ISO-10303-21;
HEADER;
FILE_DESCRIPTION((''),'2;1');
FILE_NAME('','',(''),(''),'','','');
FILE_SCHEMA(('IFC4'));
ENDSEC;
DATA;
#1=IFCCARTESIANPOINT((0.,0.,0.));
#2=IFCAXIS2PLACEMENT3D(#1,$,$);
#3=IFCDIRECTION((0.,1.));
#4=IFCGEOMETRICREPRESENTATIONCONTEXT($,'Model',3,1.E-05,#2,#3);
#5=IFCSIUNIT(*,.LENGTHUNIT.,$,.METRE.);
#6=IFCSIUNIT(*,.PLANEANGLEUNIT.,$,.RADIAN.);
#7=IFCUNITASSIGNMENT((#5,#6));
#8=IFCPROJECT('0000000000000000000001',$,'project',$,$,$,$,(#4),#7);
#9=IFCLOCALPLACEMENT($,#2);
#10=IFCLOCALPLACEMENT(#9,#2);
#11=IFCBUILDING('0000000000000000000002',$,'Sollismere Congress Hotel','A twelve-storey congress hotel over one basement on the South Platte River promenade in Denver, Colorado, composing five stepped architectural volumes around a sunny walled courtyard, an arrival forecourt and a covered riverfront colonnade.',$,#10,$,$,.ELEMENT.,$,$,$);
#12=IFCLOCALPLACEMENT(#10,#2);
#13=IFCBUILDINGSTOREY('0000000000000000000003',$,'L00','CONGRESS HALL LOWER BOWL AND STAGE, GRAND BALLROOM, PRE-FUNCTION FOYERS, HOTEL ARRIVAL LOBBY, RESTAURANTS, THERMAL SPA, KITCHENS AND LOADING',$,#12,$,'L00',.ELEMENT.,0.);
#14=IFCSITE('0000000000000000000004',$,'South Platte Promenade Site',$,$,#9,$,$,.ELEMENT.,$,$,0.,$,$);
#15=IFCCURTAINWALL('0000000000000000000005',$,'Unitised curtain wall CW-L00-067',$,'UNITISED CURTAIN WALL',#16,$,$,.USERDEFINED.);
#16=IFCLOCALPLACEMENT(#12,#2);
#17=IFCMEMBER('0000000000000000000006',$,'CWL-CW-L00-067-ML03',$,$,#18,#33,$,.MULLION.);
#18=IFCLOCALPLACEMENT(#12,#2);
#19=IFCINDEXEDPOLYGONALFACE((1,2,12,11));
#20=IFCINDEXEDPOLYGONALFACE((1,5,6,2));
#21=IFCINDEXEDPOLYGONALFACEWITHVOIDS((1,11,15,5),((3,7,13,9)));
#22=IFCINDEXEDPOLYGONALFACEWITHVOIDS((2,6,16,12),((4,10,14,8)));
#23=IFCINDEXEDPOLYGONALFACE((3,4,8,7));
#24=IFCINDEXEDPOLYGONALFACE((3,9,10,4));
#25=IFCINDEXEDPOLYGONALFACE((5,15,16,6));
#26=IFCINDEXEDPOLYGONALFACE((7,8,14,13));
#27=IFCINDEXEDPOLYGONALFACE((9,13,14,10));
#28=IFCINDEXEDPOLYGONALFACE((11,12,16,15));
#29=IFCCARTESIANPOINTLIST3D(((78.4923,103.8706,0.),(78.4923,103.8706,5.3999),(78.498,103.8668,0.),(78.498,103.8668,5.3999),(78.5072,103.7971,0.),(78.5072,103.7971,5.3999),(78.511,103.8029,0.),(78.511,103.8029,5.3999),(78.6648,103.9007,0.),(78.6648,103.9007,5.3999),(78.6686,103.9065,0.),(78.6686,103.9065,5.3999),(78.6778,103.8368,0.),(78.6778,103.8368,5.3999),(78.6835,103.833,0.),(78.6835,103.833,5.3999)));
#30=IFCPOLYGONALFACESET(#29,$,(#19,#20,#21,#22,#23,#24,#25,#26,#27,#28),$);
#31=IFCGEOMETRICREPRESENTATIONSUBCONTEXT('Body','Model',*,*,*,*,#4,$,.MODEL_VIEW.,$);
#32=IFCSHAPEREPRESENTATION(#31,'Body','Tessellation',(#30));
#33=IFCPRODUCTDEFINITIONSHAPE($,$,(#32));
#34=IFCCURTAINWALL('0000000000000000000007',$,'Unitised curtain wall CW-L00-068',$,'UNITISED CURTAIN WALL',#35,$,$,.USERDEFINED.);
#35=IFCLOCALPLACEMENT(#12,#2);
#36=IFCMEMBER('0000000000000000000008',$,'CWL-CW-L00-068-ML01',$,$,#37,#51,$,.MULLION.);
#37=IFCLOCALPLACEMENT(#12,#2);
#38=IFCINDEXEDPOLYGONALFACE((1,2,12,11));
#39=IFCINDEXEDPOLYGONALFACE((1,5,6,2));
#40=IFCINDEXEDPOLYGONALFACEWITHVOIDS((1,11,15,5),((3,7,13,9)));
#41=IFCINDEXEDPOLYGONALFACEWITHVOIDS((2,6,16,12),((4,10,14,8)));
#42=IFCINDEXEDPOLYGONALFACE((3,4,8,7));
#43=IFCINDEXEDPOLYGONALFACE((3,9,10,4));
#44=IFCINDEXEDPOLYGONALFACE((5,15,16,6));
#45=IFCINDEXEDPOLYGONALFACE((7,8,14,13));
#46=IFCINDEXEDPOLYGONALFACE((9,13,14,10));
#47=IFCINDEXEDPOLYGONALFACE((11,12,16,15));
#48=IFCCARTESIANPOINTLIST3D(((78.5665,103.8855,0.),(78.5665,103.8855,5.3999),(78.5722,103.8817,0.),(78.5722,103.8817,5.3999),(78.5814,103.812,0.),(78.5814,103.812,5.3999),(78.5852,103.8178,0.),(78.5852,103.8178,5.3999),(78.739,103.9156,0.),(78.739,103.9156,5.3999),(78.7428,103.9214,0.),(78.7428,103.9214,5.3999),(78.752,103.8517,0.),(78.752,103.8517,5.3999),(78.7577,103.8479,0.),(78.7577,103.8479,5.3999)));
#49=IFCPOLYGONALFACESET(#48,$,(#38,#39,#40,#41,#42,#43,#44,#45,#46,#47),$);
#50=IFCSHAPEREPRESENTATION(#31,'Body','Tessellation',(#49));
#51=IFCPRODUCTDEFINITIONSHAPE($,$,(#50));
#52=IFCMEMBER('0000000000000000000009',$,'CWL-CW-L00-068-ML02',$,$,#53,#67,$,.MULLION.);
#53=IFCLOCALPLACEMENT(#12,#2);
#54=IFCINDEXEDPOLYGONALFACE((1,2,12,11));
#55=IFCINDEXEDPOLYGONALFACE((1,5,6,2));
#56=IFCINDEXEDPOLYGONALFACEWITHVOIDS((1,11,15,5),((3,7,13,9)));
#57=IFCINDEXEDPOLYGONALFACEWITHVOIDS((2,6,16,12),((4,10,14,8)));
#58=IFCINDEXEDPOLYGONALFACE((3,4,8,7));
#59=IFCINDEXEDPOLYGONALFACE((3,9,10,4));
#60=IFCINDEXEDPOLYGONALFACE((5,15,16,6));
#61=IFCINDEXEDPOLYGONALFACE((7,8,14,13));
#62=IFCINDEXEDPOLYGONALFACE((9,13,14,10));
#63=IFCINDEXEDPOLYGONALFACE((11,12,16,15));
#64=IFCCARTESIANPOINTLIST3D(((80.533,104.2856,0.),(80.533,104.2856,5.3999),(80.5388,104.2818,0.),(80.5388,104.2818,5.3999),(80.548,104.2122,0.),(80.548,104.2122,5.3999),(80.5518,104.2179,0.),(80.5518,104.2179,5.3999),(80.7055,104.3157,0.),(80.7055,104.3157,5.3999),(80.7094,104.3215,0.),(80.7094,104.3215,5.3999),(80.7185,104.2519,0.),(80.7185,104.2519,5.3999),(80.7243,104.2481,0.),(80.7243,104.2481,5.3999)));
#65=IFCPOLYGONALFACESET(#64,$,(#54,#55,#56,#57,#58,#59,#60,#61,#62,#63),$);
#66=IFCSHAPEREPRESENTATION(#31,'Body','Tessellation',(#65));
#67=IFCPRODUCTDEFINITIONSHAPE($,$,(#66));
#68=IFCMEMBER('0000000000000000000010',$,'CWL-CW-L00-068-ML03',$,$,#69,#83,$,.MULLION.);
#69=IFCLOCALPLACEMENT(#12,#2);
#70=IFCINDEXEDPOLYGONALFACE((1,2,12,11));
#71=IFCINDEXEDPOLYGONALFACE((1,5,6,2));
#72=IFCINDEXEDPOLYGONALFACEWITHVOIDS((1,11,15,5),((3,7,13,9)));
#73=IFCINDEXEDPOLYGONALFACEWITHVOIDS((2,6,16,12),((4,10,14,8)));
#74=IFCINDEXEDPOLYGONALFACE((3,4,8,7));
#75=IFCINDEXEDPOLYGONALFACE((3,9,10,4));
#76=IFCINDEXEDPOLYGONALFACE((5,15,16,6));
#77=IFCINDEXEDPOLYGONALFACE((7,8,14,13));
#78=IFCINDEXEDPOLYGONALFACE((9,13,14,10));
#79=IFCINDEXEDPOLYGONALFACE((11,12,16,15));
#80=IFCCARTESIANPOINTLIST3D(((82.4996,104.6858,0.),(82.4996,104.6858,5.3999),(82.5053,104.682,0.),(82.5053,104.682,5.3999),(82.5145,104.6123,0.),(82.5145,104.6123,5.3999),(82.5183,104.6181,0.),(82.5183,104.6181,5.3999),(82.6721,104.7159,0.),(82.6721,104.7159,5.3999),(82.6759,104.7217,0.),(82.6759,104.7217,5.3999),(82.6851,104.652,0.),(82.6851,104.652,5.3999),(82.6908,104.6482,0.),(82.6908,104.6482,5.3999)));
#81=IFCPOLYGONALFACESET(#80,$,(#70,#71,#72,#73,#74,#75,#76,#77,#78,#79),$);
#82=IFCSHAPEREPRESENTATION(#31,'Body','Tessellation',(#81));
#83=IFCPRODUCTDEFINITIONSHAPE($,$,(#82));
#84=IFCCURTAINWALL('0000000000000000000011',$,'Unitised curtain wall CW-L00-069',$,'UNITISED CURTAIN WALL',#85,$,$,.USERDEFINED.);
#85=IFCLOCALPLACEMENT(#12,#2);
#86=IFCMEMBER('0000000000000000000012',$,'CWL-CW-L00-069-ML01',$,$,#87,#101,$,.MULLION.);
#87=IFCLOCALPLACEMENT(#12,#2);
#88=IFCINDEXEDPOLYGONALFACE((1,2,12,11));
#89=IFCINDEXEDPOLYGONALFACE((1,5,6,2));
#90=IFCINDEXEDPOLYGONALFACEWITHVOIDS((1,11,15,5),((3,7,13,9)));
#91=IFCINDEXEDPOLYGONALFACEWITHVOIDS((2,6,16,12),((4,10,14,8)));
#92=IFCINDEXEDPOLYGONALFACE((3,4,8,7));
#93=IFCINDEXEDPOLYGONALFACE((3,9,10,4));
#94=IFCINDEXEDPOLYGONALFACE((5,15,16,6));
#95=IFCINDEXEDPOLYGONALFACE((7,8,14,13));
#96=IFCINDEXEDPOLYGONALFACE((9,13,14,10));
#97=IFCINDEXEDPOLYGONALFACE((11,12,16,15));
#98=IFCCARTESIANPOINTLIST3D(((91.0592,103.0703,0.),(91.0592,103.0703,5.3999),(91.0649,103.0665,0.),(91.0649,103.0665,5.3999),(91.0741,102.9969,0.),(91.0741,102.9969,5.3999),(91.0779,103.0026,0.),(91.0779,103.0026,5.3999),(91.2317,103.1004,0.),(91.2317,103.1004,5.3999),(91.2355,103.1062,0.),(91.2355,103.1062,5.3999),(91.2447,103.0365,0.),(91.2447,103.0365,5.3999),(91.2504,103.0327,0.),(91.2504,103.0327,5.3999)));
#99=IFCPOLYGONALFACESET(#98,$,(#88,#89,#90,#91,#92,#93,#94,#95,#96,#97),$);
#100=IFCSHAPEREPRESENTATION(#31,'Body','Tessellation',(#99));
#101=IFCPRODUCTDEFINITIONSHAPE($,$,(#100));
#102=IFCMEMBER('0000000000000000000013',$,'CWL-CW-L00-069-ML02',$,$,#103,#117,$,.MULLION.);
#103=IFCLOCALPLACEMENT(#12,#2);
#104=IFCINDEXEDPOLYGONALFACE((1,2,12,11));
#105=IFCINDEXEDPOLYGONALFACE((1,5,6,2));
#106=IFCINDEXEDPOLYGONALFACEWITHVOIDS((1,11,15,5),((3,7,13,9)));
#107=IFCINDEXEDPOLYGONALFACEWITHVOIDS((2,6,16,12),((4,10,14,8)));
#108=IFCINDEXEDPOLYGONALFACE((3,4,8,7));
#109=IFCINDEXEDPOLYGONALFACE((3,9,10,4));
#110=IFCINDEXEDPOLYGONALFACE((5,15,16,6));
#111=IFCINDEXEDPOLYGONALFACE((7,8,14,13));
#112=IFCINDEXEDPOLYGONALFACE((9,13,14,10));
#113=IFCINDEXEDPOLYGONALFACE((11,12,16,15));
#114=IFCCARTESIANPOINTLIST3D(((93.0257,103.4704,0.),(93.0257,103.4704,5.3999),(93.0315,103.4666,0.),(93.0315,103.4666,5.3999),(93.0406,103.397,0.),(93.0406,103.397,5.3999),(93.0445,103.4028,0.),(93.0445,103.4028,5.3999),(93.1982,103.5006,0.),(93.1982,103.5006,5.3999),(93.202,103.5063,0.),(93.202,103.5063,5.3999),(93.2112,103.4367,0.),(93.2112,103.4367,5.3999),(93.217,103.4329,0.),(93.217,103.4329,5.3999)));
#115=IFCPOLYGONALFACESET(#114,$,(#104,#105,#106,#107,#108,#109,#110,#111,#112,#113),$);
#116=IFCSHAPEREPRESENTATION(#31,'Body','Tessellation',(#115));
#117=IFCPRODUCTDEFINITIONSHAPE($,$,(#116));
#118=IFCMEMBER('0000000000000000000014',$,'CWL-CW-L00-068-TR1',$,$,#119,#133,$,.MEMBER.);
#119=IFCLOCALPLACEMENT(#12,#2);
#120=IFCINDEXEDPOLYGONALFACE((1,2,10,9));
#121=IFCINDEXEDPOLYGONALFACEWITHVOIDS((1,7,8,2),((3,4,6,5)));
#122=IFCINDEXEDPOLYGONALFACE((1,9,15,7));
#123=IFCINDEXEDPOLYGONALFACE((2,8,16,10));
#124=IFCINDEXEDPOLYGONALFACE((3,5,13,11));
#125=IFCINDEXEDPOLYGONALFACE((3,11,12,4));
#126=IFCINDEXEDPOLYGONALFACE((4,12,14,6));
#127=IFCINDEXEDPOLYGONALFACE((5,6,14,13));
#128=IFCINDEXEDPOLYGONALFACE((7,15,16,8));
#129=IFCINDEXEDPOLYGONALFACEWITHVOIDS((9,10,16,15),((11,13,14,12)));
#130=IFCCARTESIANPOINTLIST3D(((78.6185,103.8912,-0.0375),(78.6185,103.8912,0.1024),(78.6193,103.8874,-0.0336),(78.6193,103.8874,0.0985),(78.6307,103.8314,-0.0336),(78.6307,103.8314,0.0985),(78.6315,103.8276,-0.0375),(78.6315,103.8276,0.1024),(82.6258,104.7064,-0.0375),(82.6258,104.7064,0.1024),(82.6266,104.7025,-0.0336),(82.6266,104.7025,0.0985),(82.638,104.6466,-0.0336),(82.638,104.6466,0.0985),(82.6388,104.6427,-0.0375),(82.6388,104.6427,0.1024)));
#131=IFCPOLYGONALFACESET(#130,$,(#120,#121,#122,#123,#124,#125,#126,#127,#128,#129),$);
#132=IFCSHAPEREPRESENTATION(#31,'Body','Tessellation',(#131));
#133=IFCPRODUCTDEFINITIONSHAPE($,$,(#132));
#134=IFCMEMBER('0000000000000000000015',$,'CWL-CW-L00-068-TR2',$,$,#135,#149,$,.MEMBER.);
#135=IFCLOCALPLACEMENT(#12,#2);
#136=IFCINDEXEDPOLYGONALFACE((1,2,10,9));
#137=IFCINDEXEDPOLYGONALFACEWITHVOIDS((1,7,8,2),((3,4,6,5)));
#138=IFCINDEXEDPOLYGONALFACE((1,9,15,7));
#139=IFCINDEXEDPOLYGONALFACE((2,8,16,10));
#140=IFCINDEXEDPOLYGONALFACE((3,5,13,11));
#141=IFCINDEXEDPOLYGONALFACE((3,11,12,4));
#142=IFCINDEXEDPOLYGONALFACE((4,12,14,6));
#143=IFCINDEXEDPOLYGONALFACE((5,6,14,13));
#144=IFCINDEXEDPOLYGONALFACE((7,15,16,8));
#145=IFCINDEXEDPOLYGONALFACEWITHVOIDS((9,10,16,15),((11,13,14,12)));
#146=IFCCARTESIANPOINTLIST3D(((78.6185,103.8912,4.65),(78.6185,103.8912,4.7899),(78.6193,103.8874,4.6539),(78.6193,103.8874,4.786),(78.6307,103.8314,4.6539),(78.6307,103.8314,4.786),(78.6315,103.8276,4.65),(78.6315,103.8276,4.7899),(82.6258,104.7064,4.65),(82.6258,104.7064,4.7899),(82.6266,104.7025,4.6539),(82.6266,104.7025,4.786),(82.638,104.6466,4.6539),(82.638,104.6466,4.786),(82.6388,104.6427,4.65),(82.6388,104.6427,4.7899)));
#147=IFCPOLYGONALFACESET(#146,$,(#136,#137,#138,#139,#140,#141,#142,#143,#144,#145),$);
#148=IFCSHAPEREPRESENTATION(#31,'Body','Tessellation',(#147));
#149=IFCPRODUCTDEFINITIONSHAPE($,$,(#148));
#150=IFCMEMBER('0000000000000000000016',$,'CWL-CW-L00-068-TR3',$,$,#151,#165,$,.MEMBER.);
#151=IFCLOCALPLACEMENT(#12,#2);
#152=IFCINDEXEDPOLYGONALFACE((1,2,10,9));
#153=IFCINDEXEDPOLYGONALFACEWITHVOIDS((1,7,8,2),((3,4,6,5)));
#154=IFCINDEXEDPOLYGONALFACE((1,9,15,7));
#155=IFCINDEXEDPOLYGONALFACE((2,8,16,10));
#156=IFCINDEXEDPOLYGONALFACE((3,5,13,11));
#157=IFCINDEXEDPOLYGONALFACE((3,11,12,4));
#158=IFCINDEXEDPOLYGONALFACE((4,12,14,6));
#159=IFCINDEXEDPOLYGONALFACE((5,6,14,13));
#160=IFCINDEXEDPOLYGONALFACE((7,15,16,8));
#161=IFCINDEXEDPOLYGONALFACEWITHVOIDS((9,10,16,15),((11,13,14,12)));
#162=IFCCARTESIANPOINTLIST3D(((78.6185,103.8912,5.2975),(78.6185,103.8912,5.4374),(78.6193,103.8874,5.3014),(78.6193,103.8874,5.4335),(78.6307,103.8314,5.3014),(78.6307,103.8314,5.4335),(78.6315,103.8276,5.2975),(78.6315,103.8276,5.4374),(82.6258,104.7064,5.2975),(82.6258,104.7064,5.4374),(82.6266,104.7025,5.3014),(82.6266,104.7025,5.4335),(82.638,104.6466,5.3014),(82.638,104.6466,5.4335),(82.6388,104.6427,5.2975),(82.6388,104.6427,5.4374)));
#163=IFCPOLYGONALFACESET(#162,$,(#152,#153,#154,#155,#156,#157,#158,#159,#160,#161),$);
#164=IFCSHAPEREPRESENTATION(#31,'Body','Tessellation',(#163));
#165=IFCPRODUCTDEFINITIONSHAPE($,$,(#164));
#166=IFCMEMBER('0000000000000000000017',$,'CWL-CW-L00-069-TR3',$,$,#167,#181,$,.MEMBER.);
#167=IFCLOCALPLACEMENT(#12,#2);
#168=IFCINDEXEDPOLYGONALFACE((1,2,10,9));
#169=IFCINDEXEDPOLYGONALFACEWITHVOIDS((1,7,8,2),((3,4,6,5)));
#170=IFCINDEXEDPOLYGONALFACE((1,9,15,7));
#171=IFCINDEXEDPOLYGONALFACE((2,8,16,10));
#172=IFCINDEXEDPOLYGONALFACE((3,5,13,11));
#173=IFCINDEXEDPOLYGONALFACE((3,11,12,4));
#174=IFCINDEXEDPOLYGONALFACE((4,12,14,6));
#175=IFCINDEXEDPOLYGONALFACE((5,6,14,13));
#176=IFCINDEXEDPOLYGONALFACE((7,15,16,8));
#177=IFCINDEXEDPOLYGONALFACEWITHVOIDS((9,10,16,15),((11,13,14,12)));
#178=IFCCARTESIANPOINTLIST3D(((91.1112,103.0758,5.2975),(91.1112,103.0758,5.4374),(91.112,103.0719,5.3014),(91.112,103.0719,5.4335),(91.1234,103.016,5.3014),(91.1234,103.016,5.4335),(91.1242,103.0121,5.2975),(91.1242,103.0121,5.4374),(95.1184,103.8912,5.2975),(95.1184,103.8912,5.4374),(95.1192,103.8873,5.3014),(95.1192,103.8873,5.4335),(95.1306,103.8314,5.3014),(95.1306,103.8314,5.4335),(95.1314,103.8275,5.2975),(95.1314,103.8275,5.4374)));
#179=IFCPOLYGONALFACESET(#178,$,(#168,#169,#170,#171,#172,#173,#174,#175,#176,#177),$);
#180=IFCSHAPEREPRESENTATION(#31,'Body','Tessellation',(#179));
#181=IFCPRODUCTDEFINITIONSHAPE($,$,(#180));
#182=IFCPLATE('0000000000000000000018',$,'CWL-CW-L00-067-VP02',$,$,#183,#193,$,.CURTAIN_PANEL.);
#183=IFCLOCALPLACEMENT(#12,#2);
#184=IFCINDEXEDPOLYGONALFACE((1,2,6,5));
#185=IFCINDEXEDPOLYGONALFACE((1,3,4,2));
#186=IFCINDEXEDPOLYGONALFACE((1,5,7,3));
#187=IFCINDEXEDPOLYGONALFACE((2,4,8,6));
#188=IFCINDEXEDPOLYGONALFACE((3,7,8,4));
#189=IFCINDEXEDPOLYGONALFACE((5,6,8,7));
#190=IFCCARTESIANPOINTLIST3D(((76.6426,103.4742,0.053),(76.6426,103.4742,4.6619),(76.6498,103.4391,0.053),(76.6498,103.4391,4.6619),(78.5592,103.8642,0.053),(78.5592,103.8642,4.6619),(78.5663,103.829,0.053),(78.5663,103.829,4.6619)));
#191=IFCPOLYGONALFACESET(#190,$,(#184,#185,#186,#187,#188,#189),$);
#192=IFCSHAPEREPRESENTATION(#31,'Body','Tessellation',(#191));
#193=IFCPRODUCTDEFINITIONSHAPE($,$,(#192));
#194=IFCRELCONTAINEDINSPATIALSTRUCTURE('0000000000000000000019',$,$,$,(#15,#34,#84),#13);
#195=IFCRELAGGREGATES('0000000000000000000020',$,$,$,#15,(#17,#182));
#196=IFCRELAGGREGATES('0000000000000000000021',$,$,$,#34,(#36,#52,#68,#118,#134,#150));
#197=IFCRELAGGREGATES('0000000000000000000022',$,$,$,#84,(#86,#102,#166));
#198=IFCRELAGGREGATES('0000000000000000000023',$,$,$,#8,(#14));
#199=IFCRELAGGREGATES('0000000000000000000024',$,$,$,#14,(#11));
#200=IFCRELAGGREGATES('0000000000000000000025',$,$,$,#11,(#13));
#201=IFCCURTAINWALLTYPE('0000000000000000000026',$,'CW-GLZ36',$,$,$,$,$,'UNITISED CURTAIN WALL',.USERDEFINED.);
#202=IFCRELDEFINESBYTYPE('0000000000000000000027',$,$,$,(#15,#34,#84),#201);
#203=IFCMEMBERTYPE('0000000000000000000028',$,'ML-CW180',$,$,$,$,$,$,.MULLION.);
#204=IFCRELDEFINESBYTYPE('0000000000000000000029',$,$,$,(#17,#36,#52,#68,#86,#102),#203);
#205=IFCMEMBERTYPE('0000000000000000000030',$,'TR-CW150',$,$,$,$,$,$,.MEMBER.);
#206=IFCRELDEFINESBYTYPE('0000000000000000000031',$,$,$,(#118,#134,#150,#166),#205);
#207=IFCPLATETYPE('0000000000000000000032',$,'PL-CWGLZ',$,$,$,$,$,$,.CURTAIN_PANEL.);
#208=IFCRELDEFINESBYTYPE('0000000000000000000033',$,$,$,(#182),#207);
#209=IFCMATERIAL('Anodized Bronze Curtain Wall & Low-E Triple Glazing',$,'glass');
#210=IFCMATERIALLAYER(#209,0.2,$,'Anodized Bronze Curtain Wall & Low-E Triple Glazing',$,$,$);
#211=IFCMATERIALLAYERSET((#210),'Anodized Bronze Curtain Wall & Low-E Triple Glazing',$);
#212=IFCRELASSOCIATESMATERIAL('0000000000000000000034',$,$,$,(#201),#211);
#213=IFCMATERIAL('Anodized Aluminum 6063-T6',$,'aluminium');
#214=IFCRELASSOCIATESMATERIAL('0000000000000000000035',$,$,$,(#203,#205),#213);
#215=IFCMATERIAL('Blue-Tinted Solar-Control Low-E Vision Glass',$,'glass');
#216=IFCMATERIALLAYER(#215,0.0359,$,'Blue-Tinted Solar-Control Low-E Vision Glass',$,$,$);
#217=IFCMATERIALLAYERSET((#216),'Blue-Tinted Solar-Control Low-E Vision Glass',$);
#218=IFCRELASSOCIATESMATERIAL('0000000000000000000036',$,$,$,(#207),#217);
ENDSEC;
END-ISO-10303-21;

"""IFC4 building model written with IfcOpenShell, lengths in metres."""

from ifc_helpers import new_model, si_unit, direction, frame, origin, origin_2d, place, context, subcontext, project, spatial, rectangle, hollow_rectangle, extrude, material, layer, layer_set, material_profile, profile_set, type_object, element, aggregate, save


model = new_model("IFC4")

# Units and contexts
model_context = context("Model", 3, precision=1e-05, world=origin(), true_north=direction((0.0, 1.0)))
body_context = subcontext(model_context, "Body", "Model", "MODEL_VIEW")
ifc_project = project(units=[si_unit("LENGTHUNIT", "METRE"), si_unit("PLANEANGLEUNIT", "RADIAN")], contexts=[model_context])

# Site, building, storey
site_placement = place(None, origin())
site = spatial("IfcSite", under=ifc_project, at=site_placement, Name="South Platte Promenade Site", CompositionType="ELEMENT", RefElevation=0.0)
building_placement = place(site_placement, origin())
building = spatial("IfcBuilding", under=site, at=building_placement, Name="Sollismere Congress Hotel", Description="A twelve-storey congress hotel over one basement on the South Platte River promenade in Denver, Colorado, composing five stepped architectural volumes around a sunny walled courtyard, an arrival forecourt and a covered riverfront colonnade.", CompositionType="ELEMENT")
storey_placement = place(building_placement, origin())
storey = spatial("IfcBuildingStorey", under=building, at=storey_placement, Name="L00", Description="CONGRESS HALL LOWER BOWL AND STAGE, GRAND BALLROOM, PRE-FUNCTION FOYERS, HOTEL ARRIVAL LOBBY, RESTAURANTS, THERMAL SPA, KITCHENS AND LOADING", LongName="L00", CompositionType="ELEMENT", Elevation=0.0)

# Curtain wall, member
ifc_material_1 = material(Name="Anodized Bronze Curtain Wall & Low-E Triple Glazing", Category="glass")
ifc_layer_1 = layer(ifc_material_1, 0.2, Name="Anodized Bronze Curtain Wall & Low-E Triple Glazing")
ifc_layer_set_1 = layer_set([ifc_layer_1], Name="Anodized Bronze Curtain Wall & Low-E Triple Glazing")
curtain_wall_type = type_object("IfcCurtainWallType", Name="CW-GLZ36", ElementType="UNITISED CURTAIN WALL", PredefinedType="USERDEFINED", material=ifc_layer_set_1)
curtain_wall_1_placement = place(storey_placement, origin())
curtain_wall_1 = element("IfcCurtainWall", 1, at=curtain_wall_1_placement, inside=storey, type_object=curtain_wall_type, Name="Unitised curtain wall CW-L00-067", ObjectType="UNITISED CURTAIN WALL", PredefinedType="USERDEFINED")
ifc_material_2 = material(Name="Anodized Aluminum 6063-T6", Category="aluminium")
ifc_material_profile_1 = material_profile(ifc_material_2, hollow_rectangle(XDim=0.075, YDim=0.1799, WallThickness=0.0049, at=origin_2d()), Name="ALU180X75X5")
ifc_profile_set_1 = profile_set([ifc_material_profile_1], Name="Anodized Aluminum 6063-T6")
member_type_1 = type_object("IfcMemberType", Name="ML-CW180", PredefinedType="MULLION", material=ifc_profile_set_1)
member_1_placement = place(storey_placement, frame((78.5879, 103.8518, 0.0), z_axis=(0.0, 0.0, 1.0), x_axis=(-0.199368, 0.979925, 0.0)))
member_1 = element("IfcMember", 2, at=member_1_placement, type_object=member_type_1, Name="CWL-CW-L00-067-ML03", PredefinedType="MULLION", context=body_context, shape_type="SweptSolid", body=[
    extrude(hollow_rectangle(XDim=0.075, YDim=0.1799, WallThickness=0.0049, at=origin_2d()), origin(), (0.0, 0.0, 1.0), 5.3999),
])

# Curtain walls, members
curtain_wall_2_placement = place(storey_placement, origin())
curtain_wall_2 = element("IfcCurtainWall", 3, at=curtain_wall_2_placement, inside=storey, type_object=curtain_wall_type, Name="Unitised curtain wall CW-L00-068", ObjectType="UNITISED CURTAIN WALL", PredefinedType="USERDEFINED")
member_2_placement = place(storey_placement, frame((78.6621, 103.8667, 0.0), z_axis=(0.0, 0.0, 1.0), x_axis=(-0.199368, 0.979925, 0.0)))
member_2 = element("IfcMember", 4, at=member_2_placement, type_object=member_type_1, Name="CWL-CW-L00-068-ML01", PredefinedType="MULLION", context=body_context, shape_type="SweptSolid", body=[
    extrude(hollow_rectangle(XDim=0.075, YDim=0.1799, WallThickness=0.0049, at=origin_2d()), origin(), (0.0, 0.0, 1.0), 5.3999),
])
member_3_placement = place(storey_placement, frame((80.6287, 104.2668, 0.0), z_axis=(0.0, 0.0, 1.0), x_axis=(-0.199368, 0.979925, 0.0)))
member_3 = element("IfcMember", 5, at=member_3_placement, type_object=member_type_1, Name="CWL-CW-L00-068-ML02", PredefinedType="MULLION", context=body_context, shape_type="SweptSolid", body=[
    extrude(hollow_rectangle(XDim=0.075, YDim=0.1799, WallThickness=0.0049, at=origin_2d()), origin(), (0.0, 0.0, 1.0), 5.3999),
])
member_4_placement = place(storey_placement, frame((82.5952, 104.667, 0.0), z_axis=(0.0, 0.0, 1.0), x_axis=(-0.199368, 0.979925, 0.0)))
member_4 = element("IfcMember", 6, at=member_4_placement, type_object=member_type_1, Name="CWL-CW-L00-068-ML03", PredefinedType="MULLION", context=body_context, shape_type="SweptSolid", body=[
    extrude(hollow_rectangle(XDim=0.075, YDim=0.1799, WallThickness=0.0049, at=origin_2d()), origin(), (0.0, 0.0, 1.0), 5.3999),
])
curtain_wall_3_placement = place(storey_placement, origin())
curtain_wall_3 = element("IfcCurtainWall", 7, at=curtain_wall_3_placement, inside=storey, type_object=curtain_wall_type, Name="Unitised curtain wall CW-L00-069", ObjectType="UNITISED CURTAIN WALL", PredefinedType="USERDEFINED")
member_5_placement = place(storey_placement, frame((91.1548, 103.0515, 0.0), z_axis=(0.0, 0.0, 1.0), x_axis=(-0.199368, 0.979925, 0.0)))
member_5 = element("IfcMember", 8, at=member_5_placement, type_object=member_type_1, Name="CWL-CW-L00-069-ML01", PredefinedType="MULLION", context=body_context, shape_type="SweptSolid", body=[
    extrude(hollow_rectangle(XDim=0.075, YDim=0.1799, WallThickness=0.0049, at=origin_2d()), origin(), (0.0, 0.0, 1.0), 5.3999),
])
member_6_placement = place(storey_placement, frame((93.1213, 103.4517, 0.0), z_axis=(0.0, 0.0, 1.0), x_axis=(-0.199368, 0.979925, 0.0)))
member_6 = element("IfcMember", 9, at=member_6_placement, type_object=member_type_1, Name="CWL-CW-L00-069-ML02", PredefinedType="MULLION", context=body_context, shape_type="SweptSolid", body=[
    extrude(hollow_rectangle(XDim=0.075, YDim=0.1799, WallThickness=0.0049, at=origin_2d()), origin(), (0.0, 0.0, 1.0), 5.3999),
])

# Members
ifc_material_profile_2 = material_profile(ifc_material_2, hollow_rectangle(XDim=0.0649, YDim=0.1399, WallThickness=0.0039, at=origin_2d()), Name="ALU140X65X4")
ifc_profile_set_2 = profile_set([ifc_material_profile_2], Name="Anodized Aluminum 6063-T6")
member_type_2 = type_object("IfcMemberType", Name="TR-CW150", PredefinedType="MEMBER", material=ifc_profile_set_2)
member_7_placement = place(storey_placement, frame((78.625, 103.8594, 0.0325), z_axis=(0.97993, 0.199341, 0.0), x_axis=(-0.199341, 0.97993, 0.0)))
member_7 = element("IfcMember", 10, at=member_7_placement, type_object=member_type_2, Name="CWL-CW-L00-068-TR1", PredefinedType="MEMBER", context=body_context, shape_type="SweptSolid", body=[
    extrude(hollow_rectangle(XDim=0.0649, YDim=0.1399, WallThickness=0.0039, at=origin_2d()), origin(), (0.0, 0.0, 1.0), 4.0894),
])
member_8_placement = place(storey_placement, frame((78.625, 103.8594, 4.72), z_axis=(0.97993, 0.199341, 0.0), x_axis=(-0.199341, 0.97993, 0.0)))
member_8 = element("IfcMember", 11, at=member_8_placement, type_object=member_type_2, Name="CWL-CW-L00-068-TR2", PredefinedType="MEMBER", context=body_context, shape_type="SweptSolid", body=[
    extrude(hollow_rectangle(XDim=0.0649, YDim=0.1399, WallThickness=0.0039, at=origin_2d()), origin(), (0.0, 0.0, 1.0), 4.0894),
])
member_9_placement = place(storey_placement, frame((78.625, 103.8594, 5.3674), z_axis=(0.97993, 0.199341, 0.0), x_axis=(-0.199341, 0.97993, 0.0)))
member_9 = element("IfcMember", 12, at=member_9_placement, type_object=member_type_2, Name="CWL-CW-L00-068-TR3", PredefinedType="MEMBER", context=body_context, shape_type="SweptSolid", body=[
    extrude(hollow_rectangle(XDim=0.0649, YDim=0.1399, WallThickness=0.0039, at=origin_2d()), origin(), (0.0, 0.0, 1.0), 4.0894),
])
member_10_placement = place(storey_placement, frame((91.1177, 103.0439, 5.3674), z_axis=(0.979918, 0.199399, 0.0), x_axis=(-0.199399, 0.979918, 0.0)))
member_10 = element("IfcMember", 13, at=member_10_placement, type_object=member_type_2, Name="CWL-CW-L00-069-TR3", PredefinedType="MEMBER", context=body_context, shape_type="SweptSolid", body=[
    extrude(hollow_rectangle(XDim=0.0649, YDim=0.1399, WallThickness=0.0039, at=origin_2d()), origin(), (0.0, 0.0, 1.0), 4.0894),
])

# Plate
ifc_material_3 = material(Name="Blue-Tinted Solar-Control Low-E Vision Glass", Category="glass")
ifc_layer_2 = layer(ifc_material_3, 0.0359, Name="Blue-Tinted Solar-Control Low-E Vision Glass")
ifc_layer_set_2 = layer_set([ifc_layer_2], Name="Blue-Tinted Solar-Control Low-E Vision Glass")
plate_type_1 = type_object("IfcPlateType", Name="PL-CWGLZ", PredefinedType="CURTAIN_PANEL", material=ifc_layer_set_2)
plate_1_placement = place(storey_placement, frame((77.6045, 103.6516, 0.053), z_axis=(0.0, 0.0, 1.0), x_axis=(0.979925, 0.199368, 0.0)))
plate_1 = element("IfcPlate", 14, at=plate_1_placement, type_object=plate_type_1, Name="CWL-CW-L00-067-VP02", PredefinedType="CURTAIN_PANEL", context=body_context, shape_type="SweptSolid", body=[
    extrude(rectangle(XDim=1.9558, YDim=0.0359, at=origin_2d()), origin(), (0.0, 0.0, 1.0), 4.6089),
])
aggregate(curtain_wall_1, [member_1, plate_1])
aggregate(curtain_wall_2, [member_2, member_3, member_4, member_7, member_8, member_9])
aggregate(curtain_wall_3, [member_5, member_6, member_10])

save(model, "model.ifc")
